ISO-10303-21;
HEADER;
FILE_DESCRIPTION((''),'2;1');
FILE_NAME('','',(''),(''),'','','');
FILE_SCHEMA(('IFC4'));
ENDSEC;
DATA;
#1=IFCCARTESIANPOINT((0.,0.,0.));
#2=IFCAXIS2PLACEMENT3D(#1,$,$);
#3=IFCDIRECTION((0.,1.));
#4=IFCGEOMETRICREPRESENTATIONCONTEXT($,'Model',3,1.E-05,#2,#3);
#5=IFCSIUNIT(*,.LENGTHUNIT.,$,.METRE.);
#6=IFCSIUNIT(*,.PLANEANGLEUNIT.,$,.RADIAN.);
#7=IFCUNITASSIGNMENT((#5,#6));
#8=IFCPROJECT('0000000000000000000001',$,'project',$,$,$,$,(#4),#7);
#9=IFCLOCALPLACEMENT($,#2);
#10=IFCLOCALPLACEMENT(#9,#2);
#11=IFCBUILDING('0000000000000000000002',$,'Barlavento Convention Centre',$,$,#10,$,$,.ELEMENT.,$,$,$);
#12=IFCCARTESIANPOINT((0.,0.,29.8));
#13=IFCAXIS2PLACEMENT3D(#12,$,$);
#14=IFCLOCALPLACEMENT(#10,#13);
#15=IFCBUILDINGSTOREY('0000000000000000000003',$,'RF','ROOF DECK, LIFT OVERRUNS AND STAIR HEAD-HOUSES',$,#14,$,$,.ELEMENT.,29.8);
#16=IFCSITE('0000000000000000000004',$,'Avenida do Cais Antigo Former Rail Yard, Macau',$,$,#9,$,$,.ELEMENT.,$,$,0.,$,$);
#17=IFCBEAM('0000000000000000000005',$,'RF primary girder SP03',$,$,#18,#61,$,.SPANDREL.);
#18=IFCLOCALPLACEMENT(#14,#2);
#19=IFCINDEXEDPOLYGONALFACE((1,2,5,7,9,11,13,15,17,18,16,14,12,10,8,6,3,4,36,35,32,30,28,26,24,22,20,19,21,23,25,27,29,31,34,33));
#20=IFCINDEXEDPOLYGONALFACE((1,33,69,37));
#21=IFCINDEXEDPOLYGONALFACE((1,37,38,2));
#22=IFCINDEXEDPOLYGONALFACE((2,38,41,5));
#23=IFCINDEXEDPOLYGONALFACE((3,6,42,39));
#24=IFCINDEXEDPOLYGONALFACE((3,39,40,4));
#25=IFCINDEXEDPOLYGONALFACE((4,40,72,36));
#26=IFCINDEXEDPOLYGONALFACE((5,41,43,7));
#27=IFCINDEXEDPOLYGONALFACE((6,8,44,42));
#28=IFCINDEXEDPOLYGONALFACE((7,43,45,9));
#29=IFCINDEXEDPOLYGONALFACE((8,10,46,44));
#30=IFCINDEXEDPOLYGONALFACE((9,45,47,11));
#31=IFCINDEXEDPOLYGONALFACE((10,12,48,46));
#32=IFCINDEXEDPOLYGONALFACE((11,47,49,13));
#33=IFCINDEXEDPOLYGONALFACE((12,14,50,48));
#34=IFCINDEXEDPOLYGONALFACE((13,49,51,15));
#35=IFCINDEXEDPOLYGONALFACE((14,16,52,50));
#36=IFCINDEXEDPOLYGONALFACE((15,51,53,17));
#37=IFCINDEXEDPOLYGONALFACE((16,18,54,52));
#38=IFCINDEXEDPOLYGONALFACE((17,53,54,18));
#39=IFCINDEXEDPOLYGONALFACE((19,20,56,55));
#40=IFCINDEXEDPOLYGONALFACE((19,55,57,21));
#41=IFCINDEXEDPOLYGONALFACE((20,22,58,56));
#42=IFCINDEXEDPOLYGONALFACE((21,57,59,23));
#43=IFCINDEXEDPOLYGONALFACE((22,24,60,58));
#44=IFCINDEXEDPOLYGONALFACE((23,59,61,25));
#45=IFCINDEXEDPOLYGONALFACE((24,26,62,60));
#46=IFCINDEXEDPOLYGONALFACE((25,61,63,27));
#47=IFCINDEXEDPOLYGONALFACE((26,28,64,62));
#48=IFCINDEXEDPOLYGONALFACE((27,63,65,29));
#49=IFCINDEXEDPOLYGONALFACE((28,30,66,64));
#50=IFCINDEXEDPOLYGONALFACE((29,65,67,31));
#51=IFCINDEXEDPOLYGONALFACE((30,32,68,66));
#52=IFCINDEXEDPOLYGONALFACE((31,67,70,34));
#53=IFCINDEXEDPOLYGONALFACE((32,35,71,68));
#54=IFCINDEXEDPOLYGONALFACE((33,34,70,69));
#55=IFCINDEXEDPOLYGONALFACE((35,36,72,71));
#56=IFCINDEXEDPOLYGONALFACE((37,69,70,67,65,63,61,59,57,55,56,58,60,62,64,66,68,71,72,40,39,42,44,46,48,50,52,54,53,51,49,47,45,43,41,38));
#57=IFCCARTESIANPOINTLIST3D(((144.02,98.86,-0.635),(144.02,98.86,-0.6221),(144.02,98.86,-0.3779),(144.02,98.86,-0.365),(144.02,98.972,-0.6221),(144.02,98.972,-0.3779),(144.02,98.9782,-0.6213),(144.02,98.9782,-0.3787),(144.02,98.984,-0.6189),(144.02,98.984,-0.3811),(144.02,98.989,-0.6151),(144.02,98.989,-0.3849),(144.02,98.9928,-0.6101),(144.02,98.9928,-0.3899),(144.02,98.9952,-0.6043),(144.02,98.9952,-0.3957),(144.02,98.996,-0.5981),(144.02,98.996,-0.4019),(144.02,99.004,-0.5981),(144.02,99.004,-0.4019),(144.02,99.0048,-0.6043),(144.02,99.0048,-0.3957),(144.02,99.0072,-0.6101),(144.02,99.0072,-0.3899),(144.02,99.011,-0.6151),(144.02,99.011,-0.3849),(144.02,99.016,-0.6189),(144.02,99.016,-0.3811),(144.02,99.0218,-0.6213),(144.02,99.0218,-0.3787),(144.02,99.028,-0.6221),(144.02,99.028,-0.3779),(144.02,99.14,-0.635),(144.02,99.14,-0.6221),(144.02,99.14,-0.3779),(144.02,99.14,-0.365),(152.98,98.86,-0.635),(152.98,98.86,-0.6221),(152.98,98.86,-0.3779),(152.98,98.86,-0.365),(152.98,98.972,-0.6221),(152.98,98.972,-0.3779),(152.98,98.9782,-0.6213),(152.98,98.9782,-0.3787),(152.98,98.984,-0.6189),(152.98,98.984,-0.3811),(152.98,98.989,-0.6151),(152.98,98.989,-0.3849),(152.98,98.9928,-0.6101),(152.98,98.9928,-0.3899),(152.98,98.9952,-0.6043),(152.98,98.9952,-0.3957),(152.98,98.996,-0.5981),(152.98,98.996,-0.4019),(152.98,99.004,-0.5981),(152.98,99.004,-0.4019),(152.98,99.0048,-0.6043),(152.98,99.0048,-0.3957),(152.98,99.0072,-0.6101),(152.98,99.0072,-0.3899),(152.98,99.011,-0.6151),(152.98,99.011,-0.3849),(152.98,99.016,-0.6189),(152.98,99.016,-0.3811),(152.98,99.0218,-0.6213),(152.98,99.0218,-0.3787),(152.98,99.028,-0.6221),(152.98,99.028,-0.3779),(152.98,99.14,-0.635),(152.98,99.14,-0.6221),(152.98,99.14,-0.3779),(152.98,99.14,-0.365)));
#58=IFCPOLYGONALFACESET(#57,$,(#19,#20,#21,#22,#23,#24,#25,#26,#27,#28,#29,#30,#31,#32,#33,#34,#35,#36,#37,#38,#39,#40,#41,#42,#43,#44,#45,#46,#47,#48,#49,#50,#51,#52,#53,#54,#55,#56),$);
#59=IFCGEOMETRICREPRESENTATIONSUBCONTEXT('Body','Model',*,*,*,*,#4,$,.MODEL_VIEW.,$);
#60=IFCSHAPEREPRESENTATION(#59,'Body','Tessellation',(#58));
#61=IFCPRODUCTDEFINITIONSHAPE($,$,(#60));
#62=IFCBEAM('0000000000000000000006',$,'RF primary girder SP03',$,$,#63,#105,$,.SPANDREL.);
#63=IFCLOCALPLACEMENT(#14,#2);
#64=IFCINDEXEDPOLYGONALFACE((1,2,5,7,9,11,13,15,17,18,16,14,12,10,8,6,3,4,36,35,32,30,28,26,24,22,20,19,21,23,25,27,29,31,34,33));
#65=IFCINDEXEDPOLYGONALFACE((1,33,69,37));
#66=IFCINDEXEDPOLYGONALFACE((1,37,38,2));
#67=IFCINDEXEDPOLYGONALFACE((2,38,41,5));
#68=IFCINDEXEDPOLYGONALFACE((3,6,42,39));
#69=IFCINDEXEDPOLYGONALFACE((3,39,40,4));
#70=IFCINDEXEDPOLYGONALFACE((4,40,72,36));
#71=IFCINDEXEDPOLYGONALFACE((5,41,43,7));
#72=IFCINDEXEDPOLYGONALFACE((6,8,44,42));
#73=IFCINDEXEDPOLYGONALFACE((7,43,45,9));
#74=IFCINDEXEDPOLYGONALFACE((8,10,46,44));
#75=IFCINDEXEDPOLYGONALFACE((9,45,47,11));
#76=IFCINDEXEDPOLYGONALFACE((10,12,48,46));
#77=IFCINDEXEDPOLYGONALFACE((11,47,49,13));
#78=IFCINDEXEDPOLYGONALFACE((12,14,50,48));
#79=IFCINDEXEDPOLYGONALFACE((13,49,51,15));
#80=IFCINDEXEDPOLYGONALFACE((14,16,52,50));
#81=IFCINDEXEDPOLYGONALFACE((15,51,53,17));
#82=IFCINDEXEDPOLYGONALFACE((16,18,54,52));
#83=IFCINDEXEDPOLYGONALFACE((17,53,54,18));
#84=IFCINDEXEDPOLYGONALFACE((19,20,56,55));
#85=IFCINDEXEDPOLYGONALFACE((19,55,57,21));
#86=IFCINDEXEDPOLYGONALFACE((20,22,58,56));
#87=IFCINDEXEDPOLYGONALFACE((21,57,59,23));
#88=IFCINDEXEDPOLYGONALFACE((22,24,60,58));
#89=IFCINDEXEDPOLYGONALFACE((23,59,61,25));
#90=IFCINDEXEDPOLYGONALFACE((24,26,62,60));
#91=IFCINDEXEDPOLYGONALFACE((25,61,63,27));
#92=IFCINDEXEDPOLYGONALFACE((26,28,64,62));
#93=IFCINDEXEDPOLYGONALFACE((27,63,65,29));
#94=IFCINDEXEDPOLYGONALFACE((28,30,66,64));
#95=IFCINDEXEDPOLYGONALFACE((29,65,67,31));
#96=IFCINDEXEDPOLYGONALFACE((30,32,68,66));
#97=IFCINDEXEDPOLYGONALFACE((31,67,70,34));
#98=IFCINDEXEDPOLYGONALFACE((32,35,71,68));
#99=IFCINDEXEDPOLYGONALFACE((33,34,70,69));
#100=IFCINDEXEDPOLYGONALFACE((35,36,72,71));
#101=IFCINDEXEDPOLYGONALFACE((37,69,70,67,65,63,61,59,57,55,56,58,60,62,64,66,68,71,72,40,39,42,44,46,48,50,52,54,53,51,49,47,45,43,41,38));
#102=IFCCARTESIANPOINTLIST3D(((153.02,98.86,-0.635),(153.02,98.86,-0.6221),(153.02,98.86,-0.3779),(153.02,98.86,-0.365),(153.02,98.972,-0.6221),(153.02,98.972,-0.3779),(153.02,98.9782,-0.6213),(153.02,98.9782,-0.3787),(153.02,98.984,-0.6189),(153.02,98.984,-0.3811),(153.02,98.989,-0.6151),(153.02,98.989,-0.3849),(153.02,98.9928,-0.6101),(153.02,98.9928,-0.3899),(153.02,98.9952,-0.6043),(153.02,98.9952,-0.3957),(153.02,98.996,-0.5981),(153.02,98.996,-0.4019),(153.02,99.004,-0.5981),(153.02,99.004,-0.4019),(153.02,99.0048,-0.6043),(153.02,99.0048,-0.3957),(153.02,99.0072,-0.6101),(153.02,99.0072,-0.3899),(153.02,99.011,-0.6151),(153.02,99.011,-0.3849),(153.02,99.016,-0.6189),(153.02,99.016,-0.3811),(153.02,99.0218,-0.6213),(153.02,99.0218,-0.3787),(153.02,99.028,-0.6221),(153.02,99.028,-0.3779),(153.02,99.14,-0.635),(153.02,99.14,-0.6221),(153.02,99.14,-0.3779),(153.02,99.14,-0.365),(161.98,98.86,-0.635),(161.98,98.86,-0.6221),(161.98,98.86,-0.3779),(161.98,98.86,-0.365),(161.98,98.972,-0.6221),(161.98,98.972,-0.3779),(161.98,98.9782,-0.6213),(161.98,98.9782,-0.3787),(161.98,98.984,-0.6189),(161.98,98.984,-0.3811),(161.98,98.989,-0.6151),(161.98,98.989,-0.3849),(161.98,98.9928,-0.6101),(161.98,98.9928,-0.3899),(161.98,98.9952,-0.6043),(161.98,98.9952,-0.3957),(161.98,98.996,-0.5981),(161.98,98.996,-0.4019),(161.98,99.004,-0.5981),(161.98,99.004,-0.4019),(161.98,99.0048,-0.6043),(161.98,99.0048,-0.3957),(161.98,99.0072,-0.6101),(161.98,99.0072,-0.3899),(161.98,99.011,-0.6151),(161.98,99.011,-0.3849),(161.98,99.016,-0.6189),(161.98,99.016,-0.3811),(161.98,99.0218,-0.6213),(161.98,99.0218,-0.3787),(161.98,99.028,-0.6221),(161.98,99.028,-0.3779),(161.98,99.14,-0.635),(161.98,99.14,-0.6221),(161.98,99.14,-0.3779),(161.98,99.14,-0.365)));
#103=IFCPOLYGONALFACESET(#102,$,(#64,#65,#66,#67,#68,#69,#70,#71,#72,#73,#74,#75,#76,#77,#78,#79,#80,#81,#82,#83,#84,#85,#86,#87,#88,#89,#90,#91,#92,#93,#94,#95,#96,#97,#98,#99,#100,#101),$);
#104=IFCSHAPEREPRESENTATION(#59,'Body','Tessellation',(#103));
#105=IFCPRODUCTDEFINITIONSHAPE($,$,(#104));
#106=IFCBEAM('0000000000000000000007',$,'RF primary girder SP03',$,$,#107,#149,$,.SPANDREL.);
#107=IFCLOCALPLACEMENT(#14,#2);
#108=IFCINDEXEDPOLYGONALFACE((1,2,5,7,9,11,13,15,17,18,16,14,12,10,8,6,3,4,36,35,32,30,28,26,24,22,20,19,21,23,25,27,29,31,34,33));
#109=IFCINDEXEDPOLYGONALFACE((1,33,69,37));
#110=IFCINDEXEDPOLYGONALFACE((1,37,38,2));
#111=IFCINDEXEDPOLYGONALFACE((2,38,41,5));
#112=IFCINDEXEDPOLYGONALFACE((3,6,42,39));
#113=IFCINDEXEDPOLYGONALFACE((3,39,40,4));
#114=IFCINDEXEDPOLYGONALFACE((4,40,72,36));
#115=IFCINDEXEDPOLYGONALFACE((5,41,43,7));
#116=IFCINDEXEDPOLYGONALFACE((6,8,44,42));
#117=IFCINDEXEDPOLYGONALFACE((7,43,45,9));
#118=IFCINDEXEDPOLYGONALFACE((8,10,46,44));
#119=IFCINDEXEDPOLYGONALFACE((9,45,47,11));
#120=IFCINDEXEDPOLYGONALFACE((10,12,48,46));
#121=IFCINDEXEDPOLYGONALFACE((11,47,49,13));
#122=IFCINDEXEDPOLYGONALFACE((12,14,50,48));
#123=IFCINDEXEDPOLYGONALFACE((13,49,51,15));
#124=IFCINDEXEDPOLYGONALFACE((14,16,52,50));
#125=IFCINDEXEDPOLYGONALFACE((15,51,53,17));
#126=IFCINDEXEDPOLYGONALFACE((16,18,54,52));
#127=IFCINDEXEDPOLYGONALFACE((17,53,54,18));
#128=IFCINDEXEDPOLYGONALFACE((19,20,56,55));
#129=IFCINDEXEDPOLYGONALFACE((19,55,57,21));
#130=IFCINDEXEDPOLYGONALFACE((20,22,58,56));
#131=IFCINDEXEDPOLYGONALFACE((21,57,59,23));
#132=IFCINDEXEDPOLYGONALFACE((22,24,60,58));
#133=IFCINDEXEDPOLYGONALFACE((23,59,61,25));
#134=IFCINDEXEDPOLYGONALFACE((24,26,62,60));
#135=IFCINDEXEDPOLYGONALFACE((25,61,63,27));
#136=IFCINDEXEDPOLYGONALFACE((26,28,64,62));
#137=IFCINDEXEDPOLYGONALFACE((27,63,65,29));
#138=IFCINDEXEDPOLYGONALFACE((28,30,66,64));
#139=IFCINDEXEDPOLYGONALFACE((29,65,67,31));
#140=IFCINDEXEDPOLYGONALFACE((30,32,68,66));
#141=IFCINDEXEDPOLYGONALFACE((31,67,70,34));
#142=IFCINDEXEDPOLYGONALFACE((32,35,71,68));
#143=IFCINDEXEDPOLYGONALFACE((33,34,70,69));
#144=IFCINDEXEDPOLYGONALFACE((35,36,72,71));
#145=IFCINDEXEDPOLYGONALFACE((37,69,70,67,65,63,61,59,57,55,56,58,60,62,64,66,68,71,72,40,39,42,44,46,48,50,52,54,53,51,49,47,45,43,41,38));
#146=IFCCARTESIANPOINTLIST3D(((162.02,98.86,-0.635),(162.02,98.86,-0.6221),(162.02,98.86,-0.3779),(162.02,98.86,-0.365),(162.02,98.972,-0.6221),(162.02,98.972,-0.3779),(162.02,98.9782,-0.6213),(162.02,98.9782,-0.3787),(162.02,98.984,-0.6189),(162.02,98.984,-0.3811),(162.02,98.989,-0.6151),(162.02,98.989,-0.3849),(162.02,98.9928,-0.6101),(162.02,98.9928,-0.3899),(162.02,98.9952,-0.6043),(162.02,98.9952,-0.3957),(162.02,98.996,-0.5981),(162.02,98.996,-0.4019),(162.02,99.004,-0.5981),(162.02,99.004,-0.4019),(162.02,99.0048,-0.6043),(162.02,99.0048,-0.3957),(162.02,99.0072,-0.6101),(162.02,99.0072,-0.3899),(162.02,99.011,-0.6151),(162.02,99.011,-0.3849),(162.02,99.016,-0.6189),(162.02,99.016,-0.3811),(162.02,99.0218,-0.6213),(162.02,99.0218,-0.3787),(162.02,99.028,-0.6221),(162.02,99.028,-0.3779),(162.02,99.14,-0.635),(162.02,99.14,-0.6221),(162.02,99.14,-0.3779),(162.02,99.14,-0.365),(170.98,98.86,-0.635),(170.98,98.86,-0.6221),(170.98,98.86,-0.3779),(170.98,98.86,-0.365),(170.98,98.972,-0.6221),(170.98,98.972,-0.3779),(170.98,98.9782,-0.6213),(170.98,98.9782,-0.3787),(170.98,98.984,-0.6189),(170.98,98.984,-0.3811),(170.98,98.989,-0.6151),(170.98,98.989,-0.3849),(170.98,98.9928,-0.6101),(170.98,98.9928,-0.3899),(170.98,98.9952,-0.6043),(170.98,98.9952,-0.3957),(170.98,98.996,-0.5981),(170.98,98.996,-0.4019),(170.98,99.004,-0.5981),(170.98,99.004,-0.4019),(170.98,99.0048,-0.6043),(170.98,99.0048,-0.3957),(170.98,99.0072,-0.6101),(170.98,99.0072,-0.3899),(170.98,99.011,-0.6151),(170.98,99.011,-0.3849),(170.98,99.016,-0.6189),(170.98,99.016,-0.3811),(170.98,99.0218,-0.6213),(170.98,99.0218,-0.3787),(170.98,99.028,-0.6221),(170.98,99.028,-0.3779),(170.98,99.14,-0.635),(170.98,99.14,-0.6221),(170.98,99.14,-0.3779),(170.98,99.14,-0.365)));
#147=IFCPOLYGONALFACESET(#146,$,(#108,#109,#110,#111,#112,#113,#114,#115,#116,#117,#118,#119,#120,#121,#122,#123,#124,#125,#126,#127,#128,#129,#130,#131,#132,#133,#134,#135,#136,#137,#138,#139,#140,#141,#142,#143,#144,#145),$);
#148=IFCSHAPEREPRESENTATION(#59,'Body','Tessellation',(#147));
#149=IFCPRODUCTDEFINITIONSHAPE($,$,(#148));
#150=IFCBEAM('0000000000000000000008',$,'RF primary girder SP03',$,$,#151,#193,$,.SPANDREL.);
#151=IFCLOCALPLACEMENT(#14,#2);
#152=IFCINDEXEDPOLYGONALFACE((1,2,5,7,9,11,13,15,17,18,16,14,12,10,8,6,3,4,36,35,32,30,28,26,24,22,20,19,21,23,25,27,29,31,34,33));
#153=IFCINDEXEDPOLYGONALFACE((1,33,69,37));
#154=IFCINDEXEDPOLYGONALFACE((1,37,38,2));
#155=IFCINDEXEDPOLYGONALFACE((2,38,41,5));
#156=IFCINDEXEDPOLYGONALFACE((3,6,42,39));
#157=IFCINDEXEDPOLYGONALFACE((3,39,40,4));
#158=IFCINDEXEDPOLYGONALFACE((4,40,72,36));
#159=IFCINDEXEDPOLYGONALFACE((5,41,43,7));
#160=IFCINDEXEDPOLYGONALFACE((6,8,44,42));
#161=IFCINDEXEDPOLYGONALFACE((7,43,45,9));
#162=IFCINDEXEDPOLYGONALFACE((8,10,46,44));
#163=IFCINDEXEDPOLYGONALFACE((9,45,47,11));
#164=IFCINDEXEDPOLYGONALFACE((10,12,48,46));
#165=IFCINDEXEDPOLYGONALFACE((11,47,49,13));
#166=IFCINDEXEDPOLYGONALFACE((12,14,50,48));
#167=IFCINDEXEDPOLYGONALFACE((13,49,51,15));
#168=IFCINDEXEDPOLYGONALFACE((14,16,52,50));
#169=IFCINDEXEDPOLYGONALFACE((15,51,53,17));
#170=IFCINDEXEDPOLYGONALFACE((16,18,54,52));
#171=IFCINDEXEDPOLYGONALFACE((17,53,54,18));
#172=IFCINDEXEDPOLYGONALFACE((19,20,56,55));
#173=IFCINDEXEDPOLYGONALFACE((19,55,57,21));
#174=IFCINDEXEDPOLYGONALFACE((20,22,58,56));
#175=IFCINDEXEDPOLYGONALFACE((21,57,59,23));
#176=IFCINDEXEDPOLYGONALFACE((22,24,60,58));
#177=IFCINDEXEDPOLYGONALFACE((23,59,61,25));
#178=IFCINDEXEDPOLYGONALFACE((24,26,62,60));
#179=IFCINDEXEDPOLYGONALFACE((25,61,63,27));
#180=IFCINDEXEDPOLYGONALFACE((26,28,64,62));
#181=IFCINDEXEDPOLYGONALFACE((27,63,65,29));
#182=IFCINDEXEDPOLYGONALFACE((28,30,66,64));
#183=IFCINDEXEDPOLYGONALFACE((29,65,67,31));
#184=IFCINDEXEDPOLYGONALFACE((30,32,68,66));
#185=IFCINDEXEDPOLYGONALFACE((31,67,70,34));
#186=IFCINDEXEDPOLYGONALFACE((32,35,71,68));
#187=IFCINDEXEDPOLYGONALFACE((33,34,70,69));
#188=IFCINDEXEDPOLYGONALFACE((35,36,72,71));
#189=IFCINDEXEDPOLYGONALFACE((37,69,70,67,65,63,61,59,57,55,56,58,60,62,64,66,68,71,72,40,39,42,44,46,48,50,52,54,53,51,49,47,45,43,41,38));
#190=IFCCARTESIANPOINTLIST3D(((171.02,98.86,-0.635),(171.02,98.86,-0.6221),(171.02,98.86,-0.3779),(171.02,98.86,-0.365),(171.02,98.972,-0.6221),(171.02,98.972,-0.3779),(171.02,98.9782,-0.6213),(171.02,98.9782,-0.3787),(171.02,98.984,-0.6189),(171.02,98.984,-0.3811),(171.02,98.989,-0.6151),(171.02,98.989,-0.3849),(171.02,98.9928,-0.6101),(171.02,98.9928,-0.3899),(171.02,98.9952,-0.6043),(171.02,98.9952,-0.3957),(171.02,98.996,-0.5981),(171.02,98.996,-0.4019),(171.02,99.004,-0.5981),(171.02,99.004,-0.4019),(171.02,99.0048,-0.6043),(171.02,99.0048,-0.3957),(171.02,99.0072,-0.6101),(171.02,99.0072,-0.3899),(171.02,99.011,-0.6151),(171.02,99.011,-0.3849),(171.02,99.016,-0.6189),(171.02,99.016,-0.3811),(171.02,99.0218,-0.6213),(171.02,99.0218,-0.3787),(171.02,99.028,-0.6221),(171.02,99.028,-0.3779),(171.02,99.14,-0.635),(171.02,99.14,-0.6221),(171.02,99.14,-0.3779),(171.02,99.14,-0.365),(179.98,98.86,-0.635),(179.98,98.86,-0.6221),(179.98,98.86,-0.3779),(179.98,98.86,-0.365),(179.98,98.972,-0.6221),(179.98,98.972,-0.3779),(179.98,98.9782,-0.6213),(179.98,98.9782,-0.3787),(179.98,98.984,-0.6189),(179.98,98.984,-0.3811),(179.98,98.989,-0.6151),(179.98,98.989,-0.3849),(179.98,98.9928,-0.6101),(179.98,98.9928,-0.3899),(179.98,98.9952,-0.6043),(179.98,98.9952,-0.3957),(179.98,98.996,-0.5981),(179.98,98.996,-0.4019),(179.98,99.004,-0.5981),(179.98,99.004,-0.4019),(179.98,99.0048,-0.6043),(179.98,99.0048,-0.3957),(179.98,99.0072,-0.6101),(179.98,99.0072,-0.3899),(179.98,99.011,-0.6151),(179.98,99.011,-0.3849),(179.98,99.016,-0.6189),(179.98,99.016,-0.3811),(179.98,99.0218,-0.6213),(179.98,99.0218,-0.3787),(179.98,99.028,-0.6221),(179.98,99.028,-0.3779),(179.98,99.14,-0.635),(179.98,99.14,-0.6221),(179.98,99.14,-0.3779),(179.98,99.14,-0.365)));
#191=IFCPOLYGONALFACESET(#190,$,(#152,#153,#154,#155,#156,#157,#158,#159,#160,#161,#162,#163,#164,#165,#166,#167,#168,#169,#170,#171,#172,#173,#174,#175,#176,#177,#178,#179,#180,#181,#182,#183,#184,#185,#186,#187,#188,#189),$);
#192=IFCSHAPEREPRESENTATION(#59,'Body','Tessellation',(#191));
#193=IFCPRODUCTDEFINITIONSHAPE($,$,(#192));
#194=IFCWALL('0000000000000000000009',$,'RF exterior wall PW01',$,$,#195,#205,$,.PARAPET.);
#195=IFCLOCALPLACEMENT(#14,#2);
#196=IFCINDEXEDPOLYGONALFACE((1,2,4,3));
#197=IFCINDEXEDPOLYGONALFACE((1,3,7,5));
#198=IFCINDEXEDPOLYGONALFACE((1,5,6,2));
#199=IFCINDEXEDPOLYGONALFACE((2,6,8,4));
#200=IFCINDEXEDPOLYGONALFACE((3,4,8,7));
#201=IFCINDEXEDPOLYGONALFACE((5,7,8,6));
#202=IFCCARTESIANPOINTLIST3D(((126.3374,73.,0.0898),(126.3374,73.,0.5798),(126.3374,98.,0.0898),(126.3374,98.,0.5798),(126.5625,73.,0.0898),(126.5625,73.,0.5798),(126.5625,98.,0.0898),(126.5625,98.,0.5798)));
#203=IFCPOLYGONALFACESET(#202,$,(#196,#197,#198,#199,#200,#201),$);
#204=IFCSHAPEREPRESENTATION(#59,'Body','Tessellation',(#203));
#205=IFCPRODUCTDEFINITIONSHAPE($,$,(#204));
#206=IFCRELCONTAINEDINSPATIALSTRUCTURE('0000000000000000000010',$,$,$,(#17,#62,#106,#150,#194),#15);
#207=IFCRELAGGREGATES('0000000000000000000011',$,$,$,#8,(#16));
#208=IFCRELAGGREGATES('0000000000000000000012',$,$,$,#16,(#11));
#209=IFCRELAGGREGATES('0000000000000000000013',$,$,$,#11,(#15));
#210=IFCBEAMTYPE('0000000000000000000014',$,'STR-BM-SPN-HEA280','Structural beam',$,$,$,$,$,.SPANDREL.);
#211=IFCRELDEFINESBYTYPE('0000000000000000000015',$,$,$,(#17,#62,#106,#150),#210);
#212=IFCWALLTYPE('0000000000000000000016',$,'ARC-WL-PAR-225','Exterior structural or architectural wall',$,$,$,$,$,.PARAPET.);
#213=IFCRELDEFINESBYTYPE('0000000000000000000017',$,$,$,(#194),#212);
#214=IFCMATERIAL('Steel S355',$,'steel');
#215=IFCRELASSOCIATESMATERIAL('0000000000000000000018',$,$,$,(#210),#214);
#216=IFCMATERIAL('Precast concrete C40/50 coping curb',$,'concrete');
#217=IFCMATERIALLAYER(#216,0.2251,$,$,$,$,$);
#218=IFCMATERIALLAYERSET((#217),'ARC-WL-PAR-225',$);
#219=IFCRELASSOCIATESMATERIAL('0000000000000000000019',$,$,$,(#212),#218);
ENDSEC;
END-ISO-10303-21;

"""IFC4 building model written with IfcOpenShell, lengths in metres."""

from ifc_helpers import new_model, si_unit, direction, frame, frame_2d, origin, origin_2d, place, context, subcontext, project, spatial, rectangle, i_section, extrude, material, layer, layer_set, material_profile, profile_set, type_object, element, save


model = new_model("IFC4")

# Units and contexts
model_context = context("Model", 3, precision=1e-05, world=origin(), true_north=direction((0.0, 1.0)))
body_context = subcontext(model_context, "Body", "Model", "MODEL_VIEW")
ifc_project = project(units=[si_unit("LENGTHUNIT", "METRE"), si_unit("PLANEANGLEUNIT", "RADIAN")], contexts=[model_context])

# Site, building, storey
site_placement = place(None, origin())
site = spatial("IfcSite", under=ifc_project, at=site_placement, Name="Avenida do Cais Antigo Former Rail Yard, Macau", CompositionType="ELEMENT", RefElevation=0.0)
building_placement = place(site_placement, origin())
building = spatial("IfcBuilding", under=site, at=building_placement, Name="Barlavento Convention Centre", CompositionType="ELEMENT")
storey_placement = place(building_placement, frame((0.0, 0.0, 29.8)))
storey = spatial("IfcBuildingStorey", under=building, at=storey_placement, Name="RF", Description="ROOF DECK, LIFT OVERRUNS AND STAIR HEAD-HOUSES", CompositionType="ELEMENT", Elevation=29.8)

# Beams
ifc_material_1 = material(Name="Steel S355", Category="steel")
ifc_material_profile_1 = material_profile(ifc_material_1, i_section(OverallWidth=0.28, OverallDepth=0.27, WebThickness=0.0081, FlangeThickness=0.0129, FilletRadius=0.0239, at=origin_2d()), Name="HEA 280")
ifc_profile_set_1 = profile_set([ifc_material_profile_1], Name="Steel S355")
beam_type_1 = type_object("IfcBeamType", Name="STR-BM-SPN-HEA280", Description="Structural beam", PredefinedType="SPANDREL", material=ifc_profile_set_1)
for number, where, z_axis, x_axis, name in (
    (1, (144.02, 99.0, -0.5), (1.0, 0.0, 0.0), (0.0, 1.0, 0.0), "RF primary girder SP03"),
    (2, (153.02, 99.0, -0.5), (1.0, 0.0, 0.0), (0.0, 1.0, 0.0), "RF primary girder SP03"),
    (3, (162.02, 99.0, -0.5), (1.0, 0.0, 0.0), (0.0, 1.0, 0.0), "RF primary girder SP03"),
    (4, (171.02, 99.0, -0.5), (1.0, 0.0, 0.0), (0.0, 1.0, 0.0), "RF primary girder SP03"),
):
    element("IfcBeam", number, at=place(storey_placement, frame(where, z_axis=z_axis, x_axis=x_axis)), inside=storey, type_object=beam_type_1, Name=name, PredefinedType="SPANDREL", context=body_context, shape_type="SweptSolid", body=[
        extrude(i_section(OverallWidth=0.28, OverallDepth=0.27, WebThickness=0.0081, FlangeThickness=0.0129, FilletRadius=0.0239, at=origin_2d()), origin(), (0.0, 0.0, 1.0), 8.96),
    ])

# Wall
ifc_material_2 = material(Name="Precast concrete C40/50 coping curb", Category="concrete")
ifc_layer = layer(ifc_material_2, 0.2251)
ifc_layer_set = layer_set([ifc_layer], Name="ARC-WL-PAR-225")
wall_type = type_object("IfcWallType", Name="ARC-WL-PAR-225", Description="Exterior structural or architectural wall", PredefinedType="PARAPET", material=ifc_layer_set)
wall_1_placement = place(storey_placement, frame((126.45, 98.0, 0.0898), z_axis=(0.0, 0.0, 1.0), x_axis=(0.0, -1.0, 0.0)))
element("IfcWall", 5, at=wall_1_placement, inside=storey, type_object=wall_type, Name="RF exterior wall PW01", PredefinedType="PARAPET", context=body_context, shape_type="SweptSolid", body=[
    extrude(rectangle(XDim=25.0, YDim=0.2251, at=frame_2d((12.5, 0.0))), origin(), (0.0, 0.0, 1.0), 0.49),
])

save(model, "model.ifc")
